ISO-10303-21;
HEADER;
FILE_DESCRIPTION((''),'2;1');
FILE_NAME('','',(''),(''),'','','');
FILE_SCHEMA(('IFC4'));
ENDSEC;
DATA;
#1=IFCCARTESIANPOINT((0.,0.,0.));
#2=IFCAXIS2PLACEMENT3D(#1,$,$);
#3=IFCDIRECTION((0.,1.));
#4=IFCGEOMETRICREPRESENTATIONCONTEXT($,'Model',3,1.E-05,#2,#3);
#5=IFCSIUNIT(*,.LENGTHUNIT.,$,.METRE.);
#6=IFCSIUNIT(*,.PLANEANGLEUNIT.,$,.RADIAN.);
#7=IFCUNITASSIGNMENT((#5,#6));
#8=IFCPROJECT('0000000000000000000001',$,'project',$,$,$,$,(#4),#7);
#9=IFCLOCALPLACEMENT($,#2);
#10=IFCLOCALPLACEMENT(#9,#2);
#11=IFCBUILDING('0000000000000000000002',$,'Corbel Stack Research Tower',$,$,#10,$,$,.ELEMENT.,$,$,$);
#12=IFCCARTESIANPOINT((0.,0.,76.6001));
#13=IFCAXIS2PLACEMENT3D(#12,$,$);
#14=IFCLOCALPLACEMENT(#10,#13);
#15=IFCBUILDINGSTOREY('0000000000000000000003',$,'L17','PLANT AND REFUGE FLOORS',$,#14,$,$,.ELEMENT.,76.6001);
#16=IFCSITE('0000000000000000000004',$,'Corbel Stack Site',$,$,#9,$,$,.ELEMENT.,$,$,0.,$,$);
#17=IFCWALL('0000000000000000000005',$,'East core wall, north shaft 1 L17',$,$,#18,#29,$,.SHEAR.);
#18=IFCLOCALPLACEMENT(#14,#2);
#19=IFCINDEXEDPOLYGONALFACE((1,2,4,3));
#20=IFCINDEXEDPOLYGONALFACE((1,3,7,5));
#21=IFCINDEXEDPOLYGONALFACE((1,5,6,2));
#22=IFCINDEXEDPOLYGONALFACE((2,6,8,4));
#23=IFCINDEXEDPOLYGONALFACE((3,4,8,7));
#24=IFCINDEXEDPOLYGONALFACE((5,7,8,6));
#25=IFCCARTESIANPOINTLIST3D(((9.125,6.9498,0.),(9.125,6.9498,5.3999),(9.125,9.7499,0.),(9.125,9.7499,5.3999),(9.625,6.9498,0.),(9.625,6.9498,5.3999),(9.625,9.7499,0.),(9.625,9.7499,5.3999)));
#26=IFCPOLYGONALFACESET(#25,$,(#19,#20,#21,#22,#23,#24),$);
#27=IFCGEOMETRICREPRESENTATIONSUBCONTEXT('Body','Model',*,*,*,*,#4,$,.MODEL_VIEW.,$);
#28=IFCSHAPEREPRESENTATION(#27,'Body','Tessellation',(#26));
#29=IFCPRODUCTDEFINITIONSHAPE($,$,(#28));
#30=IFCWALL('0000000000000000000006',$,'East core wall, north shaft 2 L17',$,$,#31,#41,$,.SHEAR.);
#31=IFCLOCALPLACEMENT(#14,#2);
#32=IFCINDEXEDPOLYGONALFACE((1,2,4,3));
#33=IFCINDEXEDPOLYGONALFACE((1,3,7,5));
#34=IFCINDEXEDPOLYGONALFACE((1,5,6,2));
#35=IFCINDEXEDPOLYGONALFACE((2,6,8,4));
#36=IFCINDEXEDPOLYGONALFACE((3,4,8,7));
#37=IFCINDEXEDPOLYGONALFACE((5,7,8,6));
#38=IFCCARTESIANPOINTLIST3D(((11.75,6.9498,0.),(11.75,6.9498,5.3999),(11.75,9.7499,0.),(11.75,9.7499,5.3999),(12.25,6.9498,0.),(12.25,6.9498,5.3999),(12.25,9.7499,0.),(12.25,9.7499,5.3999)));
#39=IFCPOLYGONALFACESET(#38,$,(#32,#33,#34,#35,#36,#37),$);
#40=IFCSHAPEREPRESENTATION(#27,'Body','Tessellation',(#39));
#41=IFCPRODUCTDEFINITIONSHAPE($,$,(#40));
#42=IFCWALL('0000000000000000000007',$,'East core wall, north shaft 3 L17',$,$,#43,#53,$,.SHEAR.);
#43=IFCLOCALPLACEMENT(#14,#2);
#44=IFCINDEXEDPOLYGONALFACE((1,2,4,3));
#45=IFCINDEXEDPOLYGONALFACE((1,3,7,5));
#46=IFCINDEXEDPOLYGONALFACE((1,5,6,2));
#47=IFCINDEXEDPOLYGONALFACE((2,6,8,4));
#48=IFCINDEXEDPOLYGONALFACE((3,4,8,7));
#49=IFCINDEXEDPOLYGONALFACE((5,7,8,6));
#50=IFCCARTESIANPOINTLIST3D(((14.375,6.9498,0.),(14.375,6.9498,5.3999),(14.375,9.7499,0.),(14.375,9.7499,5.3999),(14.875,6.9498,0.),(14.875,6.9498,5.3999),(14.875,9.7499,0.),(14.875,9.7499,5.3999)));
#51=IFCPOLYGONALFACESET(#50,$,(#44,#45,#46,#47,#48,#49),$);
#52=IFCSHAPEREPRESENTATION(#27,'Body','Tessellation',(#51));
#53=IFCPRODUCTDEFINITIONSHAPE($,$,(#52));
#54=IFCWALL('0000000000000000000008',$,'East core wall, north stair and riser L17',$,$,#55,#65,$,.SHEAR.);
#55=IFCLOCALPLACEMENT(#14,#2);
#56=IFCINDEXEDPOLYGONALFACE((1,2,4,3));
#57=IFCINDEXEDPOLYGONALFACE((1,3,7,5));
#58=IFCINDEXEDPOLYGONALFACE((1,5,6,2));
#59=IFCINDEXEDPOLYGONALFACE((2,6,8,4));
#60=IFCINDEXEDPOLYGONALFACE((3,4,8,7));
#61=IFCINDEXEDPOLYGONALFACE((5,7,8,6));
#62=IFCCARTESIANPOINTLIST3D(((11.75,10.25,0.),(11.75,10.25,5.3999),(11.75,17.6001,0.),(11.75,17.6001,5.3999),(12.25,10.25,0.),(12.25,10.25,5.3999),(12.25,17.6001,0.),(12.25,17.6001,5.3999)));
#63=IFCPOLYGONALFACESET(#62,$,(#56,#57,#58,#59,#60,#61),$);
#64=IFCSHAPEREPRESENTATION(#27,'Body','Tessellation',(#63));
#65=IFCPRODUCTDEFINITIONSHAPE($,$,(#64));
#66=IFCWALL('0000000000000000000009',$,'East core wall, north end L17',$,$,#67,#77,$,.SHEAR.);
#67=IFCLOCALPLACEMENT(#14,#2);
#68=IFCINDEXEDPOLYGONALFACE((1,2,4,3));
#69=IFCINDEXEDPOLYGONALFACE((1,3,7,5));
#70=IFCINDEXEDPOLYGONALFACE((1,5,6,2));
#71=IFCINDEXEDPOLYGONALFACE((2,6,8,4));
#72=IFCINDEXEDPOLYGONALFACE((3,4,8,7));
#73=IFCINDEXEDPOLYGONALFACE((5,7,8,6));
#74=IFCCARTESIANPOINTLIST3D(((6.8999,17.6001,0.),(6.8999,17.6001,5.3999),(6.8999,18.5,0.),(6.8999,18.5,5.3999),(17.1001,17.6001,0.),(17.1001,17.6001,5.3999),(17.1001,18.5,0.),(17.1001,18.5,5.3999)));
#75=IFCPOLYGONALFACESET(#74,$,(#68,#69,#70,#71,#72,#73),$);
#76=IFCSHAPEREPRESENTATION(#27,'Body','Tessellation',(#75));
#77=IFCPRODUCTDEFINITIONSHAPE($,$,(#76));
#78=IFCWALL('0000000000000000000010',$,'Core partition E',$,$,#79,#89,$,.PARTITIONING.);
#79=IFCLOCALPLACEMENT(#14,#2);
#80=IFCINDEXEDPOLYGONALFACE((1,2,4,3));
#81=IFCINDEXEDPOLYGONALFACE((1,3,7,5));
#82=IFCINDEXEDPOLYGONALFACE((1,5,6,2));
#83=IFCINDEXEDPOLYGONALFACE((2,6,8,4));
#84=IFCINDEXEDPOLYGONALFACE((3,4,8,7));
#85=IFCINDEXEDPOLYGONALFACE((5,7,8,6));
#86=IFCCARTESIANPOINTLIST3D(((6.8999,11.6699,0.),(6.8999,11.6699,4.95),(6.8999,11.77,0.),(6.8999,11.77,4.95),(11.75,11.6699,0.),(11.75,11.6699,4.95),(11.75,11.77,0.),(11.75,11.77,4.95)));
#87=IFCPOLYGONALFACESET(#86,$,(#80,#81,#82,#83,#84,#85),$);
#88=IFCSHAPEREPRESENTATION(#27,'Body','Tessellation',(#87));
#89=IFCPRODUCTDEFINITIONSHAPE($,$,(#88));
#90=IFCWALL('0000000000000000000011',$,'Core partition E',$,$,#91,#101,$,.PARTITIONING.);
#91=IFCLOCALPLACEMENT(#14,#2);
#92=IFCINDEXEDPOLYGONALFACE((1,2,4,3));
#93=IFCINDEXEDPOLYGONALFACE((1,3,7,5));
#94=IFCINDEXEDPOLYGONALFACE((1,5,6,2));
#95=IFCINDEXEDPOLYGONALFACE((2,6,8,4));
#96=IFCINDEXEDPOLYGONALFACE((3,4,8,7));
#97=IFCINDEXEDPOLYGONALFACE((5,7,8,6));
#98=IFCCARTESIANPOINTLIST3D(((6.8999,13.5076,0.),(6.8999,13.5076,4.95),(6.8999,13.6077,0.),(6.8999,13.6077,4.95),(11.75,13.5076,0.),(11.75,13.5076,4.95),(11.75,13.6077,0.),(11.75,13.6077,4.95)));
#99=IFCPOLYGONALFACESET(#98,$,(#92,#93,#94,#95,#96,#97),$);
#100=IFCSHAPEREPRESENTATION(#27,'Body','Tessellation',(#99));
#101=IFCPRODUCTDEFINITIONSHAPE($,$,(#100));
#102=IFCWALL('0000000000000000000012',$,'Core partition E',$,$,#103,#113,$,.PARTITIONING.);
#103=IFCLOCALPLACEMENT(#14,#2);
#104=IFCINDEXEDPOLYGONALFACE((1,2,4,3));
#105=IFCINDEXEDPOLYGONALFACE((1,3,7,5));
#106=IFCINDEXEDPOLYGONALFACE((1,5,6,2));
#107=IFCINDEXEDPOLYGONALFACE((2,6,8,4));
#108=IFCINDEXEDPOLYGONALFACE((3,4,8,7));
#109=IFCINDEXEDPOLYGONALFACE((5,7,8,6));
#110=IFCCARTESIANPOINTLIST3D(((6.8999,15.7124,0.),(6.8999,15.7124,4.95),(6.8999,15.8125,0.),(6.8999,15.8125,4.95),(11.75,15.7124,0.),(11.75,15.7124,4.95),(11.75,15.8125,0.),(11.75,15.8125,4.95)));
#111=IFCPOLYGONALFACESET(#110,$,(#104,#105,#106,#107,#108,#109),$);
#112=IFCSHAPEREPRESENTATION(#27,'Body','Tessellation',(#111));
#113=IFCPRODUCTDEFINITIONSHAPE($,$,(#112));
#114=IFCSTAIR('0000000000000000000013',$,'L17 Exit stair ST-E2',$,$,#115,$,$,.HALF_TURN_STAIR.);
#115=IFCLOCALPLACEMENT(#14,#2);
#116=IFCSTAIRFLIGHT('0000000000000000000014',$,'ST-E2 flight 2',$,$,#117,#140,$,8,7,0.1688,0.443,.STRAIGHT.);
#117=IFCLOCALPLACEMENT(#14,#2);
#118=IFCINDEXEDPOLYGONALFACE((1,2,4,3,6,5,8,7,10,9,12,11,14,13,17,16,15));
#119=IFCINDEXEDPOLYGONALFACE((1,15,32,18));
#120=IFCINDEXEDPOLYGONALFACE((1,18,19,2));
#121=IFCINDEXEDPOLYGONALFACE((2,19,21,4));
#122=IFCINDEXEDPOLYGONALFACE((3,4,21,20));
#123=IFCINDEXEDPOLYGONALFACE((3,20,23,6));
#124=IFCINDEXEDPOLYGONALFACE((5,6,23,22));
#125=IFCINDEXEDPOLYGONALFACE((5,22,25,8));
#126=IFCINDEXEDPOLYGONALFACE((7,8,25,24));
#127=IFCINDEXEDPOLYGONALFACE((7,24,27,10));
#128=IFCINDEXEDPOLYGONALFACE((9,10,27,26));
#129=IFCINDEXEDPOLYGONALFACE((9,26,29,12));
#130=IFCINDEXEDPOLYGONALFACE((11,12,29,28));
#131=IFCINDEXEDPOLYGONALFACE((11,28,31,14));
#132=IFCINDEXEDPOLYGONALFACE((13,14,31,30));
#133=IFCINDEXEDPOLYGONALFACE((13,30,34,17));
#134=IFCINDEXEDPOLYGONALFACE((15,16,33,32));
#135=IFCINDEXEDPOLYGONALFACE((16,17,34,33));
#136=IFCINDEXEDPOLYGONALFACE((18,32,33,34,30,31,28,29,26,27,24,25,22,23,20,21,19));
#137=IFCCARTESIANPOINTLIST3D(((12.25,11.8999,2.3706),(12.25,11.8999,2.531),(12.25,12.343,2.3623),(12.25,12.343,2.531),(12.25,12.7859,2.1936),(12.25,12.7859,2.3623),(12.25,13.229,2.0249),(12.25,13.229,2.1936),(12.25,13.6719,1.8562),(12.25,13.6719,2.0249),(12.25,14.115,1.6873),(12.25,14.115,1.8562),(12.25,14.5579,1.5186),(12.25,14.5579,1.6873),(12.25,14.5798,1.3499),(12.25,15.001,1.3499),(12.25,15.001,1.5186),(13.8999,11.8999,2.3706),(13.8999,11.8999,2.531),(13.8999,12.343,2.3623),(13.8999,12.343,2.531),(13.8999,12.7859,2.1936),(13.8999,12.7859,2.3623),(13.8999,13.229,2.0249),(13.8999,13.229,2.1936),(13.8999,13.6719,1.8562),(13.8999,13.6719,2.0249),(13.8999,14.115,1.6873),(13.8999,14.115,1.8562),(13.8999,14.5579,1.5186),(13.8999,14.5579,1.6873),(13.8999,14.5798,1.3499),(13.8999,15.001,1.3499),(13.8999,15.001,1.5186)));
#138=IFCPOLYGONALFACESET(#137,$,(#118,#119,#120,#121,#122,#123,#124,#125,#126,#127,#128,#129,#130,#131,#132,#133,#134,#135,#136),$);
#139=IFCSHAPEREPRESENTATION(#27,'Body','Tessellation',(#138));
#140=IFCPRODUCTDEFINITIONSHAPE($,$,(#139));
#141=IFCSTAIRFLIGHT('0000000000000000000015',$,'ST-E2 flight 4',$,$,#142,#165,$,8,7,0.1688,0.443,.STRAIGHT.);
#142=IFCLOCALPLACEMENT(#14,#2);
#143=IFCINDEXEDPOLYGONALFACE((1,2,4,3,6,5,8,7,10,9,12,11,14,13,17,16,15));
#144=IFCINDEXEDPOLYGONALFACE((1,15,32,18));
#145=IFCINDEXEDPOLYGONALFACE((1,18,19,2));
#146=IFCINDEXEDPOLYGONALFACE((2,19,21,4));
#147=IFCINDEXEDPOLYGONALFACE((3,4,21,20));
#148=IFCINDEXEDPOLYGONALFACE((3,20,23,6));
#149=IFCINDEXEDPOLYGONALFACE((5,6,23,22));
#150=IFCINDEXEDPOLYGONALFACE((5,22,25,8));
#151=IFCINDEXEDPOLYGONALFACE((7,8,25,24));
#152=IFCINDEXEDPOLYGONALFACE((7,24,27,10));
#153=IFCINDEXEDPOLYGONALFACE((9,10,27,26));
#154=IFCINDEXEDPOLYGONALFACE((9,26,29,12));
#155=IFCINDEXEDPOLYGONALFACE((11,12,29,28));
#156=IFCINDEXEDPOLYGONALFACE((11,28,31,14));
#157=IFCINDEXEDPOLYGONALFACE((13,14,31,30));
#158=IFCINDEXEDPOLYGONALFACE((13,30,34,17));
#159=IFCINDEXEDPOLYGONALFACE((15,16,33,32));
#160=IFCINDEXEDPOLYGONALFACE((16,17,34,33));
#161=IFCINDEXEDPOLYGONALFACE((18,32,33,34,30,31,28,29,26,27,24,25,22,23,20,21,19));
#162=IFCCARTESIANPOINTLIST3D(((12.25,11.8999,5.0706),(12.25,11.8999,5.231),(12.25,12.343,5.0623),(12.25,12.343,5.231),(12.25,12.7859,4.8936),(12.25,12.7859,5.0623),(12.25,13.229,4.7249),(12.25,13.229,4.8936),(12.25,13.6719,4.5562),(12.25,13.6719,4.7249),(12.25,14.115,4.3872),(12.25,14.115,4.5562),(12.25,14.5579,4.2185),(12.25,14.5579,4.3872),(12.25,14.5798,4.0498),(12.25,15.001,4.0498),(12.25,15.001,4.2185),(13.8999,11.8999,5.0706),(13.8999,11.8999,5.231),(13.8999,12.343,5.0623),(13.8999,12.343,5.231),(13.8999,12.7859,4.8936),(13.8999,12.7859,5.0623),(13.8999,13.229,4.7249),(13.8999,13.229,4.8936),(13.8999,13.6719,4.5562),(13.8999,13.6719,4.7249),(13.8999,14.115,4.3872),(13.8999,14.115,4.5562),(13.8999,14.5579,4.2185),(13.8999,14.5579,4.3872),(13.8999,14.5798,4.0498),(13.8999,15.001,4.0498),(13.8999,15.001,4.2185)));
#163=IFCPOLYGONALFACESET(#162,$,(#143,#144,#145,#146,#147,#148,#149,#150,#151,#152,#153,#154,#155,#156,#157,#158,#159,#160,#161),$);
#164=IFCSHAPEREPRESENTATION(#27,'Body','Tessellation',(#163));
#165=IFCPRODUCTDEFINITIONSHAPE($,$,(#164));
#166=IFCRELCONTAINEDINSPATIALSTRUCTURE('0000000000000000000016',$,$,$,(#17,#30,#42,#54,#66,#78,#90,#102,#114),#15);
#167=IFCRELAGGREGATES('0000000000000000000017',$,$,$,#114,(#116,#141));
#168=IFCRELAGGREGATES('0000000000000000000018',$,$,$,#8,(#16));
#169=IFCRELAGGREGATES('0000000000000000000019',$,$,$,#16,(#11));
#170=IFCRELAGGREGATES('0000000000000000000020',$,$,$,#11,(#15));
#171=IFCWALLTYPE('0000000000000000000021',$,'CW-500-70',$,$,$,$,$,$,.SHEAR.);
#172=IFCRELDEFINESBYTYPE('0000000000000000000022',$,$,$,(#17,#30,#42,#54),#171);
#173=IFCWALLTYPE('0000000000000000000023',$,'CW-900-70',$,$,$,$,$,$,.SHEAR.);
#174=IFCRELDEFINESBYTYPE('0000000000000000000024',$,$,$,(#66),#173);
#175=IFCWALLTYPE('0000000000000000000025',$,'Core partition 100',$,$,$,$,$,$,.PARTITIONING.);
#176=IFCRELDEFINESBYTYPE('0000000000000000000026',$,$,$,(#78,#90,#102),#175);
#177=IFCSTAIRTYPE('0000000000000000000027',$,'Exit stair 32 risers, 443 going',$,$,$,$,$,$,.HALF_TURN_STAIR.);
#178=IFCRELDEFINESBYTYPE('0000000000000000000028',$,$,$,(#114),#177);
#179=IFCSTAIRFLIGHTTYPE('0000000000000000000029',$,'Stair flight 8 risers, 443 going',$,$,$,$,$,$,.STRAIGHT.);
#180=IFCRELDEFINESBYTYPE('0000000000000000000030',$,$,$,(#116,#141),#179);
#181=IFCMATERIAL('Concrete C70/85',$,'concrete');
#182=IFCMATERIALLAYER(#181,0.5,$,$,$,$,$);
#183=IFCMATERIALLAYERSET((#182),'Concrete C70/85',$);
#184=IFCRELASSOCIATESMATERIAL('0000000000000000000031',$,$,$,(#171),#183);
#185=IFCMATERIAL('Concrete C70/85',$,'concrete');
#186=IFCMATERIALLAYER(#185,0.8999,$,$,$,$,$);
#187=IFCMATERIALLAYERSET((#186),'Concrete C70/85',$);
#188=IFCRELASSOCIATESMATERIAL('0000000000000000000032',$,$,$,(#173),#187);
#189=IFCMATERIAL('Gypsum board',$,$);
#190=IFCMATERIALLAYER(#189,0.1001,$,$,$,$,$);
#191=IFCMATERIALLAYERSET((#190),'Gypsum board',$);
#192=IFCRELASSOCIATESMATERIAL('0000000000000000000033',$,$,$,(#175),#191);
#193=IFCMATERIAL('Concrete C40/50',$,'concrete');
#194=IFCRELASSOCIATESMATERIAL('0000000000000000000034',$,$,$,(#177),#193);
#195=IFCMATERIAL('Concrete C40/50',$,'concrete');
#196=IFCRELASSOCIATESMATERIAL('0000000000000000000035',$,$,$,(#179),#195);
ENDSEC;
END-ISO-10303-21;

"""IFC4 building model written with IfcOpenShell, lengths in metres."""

from ifc_helpers import new_model, si_unit, direction, frame, frame_2d, origin, place, context, subcontext, project, spatial, polyline, rectangle, outline, extrude, material, layer, layer_set, type_object, element, aggregate, save


model = new_model("IFC4")

# Units and contexts
model_context = context("Model", 3, precision=1e-05, world=origin(), true_north=direction((0.0, 1.0)))
body_context = subcontext(model_context, "Body", "Model", "MODEL_VIEW")
ifc_project = project(units=[si_unit("LENGTHUNIT", "METRE"), si_unit("PLANEANGLEUNIT", "RADIAN")], contexts=[model_context])

# Site, building, storey
site_placement = place(None, origin())
site = spatial("IfcSite", under=ifc_project, at=site_placement, Name="Corbel Stack Site", CompositionType="ELEMENT", RefElevation=0.0)
building_placement = place(site_placement, origin())
building = spatial("IfcBuilding", under=site, at=building_placement, Name="Corbel Stack Research Tower", CompositionType="ELEMENT")
storey_placement = place(building_placement, frame((0.0, 0.0, 76.6001)))
storey = spatial("IfcBuildingStorey", under=building, at=storey_placement, Name="L17", Description="PLANT AND REFUGE FLOORS", CompositionType="ELEMENT", Elevation=76.6001)

# Shared definitions
ifc_material_1 = material(Name="Concrete C70/85", Category="concrete")
ifc_layer_1 = layer(ifc_material_1, 0.5)
ifc_layer_set_1 = layer_set([ifc_layer_1], Name="Concrete C70/85")
wall_type_1 = type_object("IfcWallType", Name="CW-500-70", PredefinedType="SHEAR", material=ifc_layer_set_1)

# Walls
for number, where, z_axis, x_axis, name in (
    (1, (9.375, 6.95, 0.0), (0.0, 0.0, 1.0), (0.0, 1.0, 0.0), "East core wall, north shaft 1 L17"),
    (2, (12.0, 6.95, 0.0), (0.0, 0.0, 1.0), (0.0, 1.0, 0.0), "East core wall, north shaft 2 L17"),
    (3, (14.625, 6.95, 0.0), (0.0, 0.0, 1.0), (0.0, 1.0, 0.0), "East core wall, north shaft 3 L17"),
):
    element("IfcWall", number, at=place(storey_placement, frame(where, z_axis=z_axis, x_axis=x_axis)), inside=storey, type_object=wall_type_1, Name=name, PredefinedType="SHEAR", context=body_context, shape_type="SweptSolid", body=[
        extrude(rectangle(XDim=2.8, YDim=0.5, at=frame_2d((1.3999, 0.0))), origin(), (0.0, 0.0, 1.0), 5.3999),
    ])
wall_1_placement = place(storey_placement, frame((12.0, 10.25, 0.0), z_axis=(0.0, 0.0, 1.0), x_axis=(0.0, 1.0, 0.0)))
element("IfcWall", 4, at=wall_1_placement, inside=storey, type_object=wall_type_1, Name="East core wall, north stair and riser L17", PredefinedType="SHEAR", context=body_context, shape_type="SweptSolid", body=[
    extrude(rectangle(XDim=7.3501, YDim=0.5, at=frame_2d((3.675, 0.0))), origin(), (0.0, 0.0, 1.0), 5.3999),
])
ifc_material_2 = material(Name="Concrete C70/85", Category="concrete")
ifc_layer_2 = layer(ifc_material_2, 0.8999)
ifc_layer_set_2 = layer_set([ifc_layer_2], Name="Concrete C70/85")
wall_type_2 = type_object("IfcWallType", Name="CW-900-70", PredefinedType="SHEAR", material=ifc_layer_set_2)
wall_2_placement = place(storey_placement, frame((6.8999, 18.05, 0.0), z_axis=(0.0, 0.0, 1.0), x_axis=(1.0, 0.0, 0.0)))
element("IfcWall", 5, at=wall_2_placement, inside=storey, type_object=wall_type_2, Name="East core wall, north end L17", PredefinedType="SHEAR", context=body_context, shape_type="SweptSolid", body=[
    extrude(rectangle(XDim=10.2002, YDim=0.8999, at=frame_2d((5.1001, 0.0))), origin(), (0.0, 0.0, 1.0), 5.3999),
])
ifc_material_3 = material(Name="Gypsum board")
ifc_layer_3 = layer(ifc_material_3, 0.1001)
ifc_layer_set_3 = layer_set([ifc_layer_3], Name="Gypsum board")
wall_type_3 = type_object("IfcWallType", Name="Core partition 100", PredefinedType="PARTITIONING", material=ifc_layer_set_3)
for number, where, z_axis, x_axis, name in (
    (6, (6.8999, 11.72, 0.0), (0.0, 0.0, 1.0), (1.0, 0.0, 0.0), "Core partition E"),
    (7, (6.8999, 13.5576, 0.0), (0.0, 0.0, 1.0), (1.0, 0.0, 0.0), "Core partition E"),
    (8, (6.8999, 15.7625, 0.0), (0.0, 0.0, 1.0), (1.0, 0.0, 0.0), "Core partition E"),
):
    element("IfcWall", number, at=place(storey_placement, frame(where, z_axis=z_axis, x_axis=x_axis)), inside=storey, type_object=wall_type_3, Name=name, PredefinedType="PARTITIONING", context=body_context, shape_type="SweptSolid", body=[
        extrude(rectangle(XDim=4.8501, YDim=0.1001, at=frame_2d((2.425, 0.0))), origin(), (0.0, 0.0, 1.0), 4.95),
    ])

# Stair, stair flights
ifc_material_4 = material(Name="Concrete C40/50", Category="concrete")
stair_type = type_object("IfcStairType", Name="Exit stair 32 risers, 443 going", PredefinedType="HALF_TURN_STAIR", material=ifc_material_4)
stair_placement = place(storey_placement, origin())
stair = element("IfcStair", 9, at=stair_placement, inside=storey, type_object=stair_type, Name="L17 Exit stair ST-E2", PredefinedType="HALF_TURN_STAIR")
ifc_material_5 = material(Name="Concrete C40/50", Category="concrete")
stair_flight_type = type_object("IfcStairFlightType", Name="Stair flight 8 risers, 443 going", PredefinedType="STRAIGHT", material=ifc_material_5)
stair_flight_1_placement = place(storey_placement, frame((13.075, 15.001, 1.3499), z_axis=(0.0, 0.0, 1.0), x_axis=(0.0, -1.0, 0.0)))
stair_flight_1 = element("IfcStairFlight", 10, at=stair_flight_1_placement, type_object=stair_flight_type, Name="ST-E2 flight 2", NumberOfRisers=8, NumberOfTreads=7, PredefinedType="STRAIGHT", RiserHeight=0.1688, TreadLength=0.443, context=body_context, shape_type="SweptSolid", body=[
    extrude(outline(polyline([(0.0, 0.0), (0.0, 0.1687), (0.4431, 0.1687), (0.4431, 0.3374), (0.886, 0.3374), (0.886, 0.5063), (1.3291, 0.5063), (1.3291, 0.675), (1.772, 0.675), (1.772, 0.8438), (2.2151, 0.8438), (2.2151, 1.0125), (2.658, 1.0125), (2.658, 1.1812), (3.1011, 1.1812), (3.1011, 1.3501), (3.1011, 1.0208), (0.4211, 0.0), (0.0, 0.0)])), frame((0.0, 0.825, 0.0), z_axis=(0.0, -1.0, 0.0), x_axis=(1.0, 0.0, 0.0)), (0.0, 0.0, 1.0), 1.6499),
])
stair_flight_2_placement = place(storey_placement, frame((13.075, 15.001, 4.0498), z_axis=(0.0, 0.0, 1.0), x_axis=(0.0, -1.0, 0.0)))
stair_flight_2 = element("IfcStairFlight", 11, at=stair_flight_2_placement, type_object=stair_flight_type, Name="ST-E2 flight 4", NumberOfRisers=8, NumberOfTreads=7, PredefinedType="STRAIGHT", RiserHeight=0.1688, TreadLength=0.443, context=body_context, shape_type="SweptSolid", body=[
    extrude(outline(polyline([(0.0, 0.0), (0.0, 0.1687), (0.4431, 0.1687), (0.4431, 0.3374), (0.886, 0.3374), (0.886, 0.5063), (1.3291, 0.5063), (1.3291, 0.675), (1.772, 0.675), (1.772, 0.8438), (2.2151, 0.8438), (2.2151, 1.0125), (2.658, 1.0125), (2.658, 1.1812), (3.1011, 1.1812), (3.1011, 1.3501), (3.1011, 1.0208), (0.4211, 0.0), (0.0, 0.0)])), frame((0.0, 0.825, 0.0), z_axis=(0.0, -1.0, 0.0), x_axis=(1.0, 0.0, 0.0)), (0.0, 0.0, 1.0), 1.6499),
])
aggregate(stair, [stair_flight_1, stair_flight_2])

save(model, "model.ifc")
